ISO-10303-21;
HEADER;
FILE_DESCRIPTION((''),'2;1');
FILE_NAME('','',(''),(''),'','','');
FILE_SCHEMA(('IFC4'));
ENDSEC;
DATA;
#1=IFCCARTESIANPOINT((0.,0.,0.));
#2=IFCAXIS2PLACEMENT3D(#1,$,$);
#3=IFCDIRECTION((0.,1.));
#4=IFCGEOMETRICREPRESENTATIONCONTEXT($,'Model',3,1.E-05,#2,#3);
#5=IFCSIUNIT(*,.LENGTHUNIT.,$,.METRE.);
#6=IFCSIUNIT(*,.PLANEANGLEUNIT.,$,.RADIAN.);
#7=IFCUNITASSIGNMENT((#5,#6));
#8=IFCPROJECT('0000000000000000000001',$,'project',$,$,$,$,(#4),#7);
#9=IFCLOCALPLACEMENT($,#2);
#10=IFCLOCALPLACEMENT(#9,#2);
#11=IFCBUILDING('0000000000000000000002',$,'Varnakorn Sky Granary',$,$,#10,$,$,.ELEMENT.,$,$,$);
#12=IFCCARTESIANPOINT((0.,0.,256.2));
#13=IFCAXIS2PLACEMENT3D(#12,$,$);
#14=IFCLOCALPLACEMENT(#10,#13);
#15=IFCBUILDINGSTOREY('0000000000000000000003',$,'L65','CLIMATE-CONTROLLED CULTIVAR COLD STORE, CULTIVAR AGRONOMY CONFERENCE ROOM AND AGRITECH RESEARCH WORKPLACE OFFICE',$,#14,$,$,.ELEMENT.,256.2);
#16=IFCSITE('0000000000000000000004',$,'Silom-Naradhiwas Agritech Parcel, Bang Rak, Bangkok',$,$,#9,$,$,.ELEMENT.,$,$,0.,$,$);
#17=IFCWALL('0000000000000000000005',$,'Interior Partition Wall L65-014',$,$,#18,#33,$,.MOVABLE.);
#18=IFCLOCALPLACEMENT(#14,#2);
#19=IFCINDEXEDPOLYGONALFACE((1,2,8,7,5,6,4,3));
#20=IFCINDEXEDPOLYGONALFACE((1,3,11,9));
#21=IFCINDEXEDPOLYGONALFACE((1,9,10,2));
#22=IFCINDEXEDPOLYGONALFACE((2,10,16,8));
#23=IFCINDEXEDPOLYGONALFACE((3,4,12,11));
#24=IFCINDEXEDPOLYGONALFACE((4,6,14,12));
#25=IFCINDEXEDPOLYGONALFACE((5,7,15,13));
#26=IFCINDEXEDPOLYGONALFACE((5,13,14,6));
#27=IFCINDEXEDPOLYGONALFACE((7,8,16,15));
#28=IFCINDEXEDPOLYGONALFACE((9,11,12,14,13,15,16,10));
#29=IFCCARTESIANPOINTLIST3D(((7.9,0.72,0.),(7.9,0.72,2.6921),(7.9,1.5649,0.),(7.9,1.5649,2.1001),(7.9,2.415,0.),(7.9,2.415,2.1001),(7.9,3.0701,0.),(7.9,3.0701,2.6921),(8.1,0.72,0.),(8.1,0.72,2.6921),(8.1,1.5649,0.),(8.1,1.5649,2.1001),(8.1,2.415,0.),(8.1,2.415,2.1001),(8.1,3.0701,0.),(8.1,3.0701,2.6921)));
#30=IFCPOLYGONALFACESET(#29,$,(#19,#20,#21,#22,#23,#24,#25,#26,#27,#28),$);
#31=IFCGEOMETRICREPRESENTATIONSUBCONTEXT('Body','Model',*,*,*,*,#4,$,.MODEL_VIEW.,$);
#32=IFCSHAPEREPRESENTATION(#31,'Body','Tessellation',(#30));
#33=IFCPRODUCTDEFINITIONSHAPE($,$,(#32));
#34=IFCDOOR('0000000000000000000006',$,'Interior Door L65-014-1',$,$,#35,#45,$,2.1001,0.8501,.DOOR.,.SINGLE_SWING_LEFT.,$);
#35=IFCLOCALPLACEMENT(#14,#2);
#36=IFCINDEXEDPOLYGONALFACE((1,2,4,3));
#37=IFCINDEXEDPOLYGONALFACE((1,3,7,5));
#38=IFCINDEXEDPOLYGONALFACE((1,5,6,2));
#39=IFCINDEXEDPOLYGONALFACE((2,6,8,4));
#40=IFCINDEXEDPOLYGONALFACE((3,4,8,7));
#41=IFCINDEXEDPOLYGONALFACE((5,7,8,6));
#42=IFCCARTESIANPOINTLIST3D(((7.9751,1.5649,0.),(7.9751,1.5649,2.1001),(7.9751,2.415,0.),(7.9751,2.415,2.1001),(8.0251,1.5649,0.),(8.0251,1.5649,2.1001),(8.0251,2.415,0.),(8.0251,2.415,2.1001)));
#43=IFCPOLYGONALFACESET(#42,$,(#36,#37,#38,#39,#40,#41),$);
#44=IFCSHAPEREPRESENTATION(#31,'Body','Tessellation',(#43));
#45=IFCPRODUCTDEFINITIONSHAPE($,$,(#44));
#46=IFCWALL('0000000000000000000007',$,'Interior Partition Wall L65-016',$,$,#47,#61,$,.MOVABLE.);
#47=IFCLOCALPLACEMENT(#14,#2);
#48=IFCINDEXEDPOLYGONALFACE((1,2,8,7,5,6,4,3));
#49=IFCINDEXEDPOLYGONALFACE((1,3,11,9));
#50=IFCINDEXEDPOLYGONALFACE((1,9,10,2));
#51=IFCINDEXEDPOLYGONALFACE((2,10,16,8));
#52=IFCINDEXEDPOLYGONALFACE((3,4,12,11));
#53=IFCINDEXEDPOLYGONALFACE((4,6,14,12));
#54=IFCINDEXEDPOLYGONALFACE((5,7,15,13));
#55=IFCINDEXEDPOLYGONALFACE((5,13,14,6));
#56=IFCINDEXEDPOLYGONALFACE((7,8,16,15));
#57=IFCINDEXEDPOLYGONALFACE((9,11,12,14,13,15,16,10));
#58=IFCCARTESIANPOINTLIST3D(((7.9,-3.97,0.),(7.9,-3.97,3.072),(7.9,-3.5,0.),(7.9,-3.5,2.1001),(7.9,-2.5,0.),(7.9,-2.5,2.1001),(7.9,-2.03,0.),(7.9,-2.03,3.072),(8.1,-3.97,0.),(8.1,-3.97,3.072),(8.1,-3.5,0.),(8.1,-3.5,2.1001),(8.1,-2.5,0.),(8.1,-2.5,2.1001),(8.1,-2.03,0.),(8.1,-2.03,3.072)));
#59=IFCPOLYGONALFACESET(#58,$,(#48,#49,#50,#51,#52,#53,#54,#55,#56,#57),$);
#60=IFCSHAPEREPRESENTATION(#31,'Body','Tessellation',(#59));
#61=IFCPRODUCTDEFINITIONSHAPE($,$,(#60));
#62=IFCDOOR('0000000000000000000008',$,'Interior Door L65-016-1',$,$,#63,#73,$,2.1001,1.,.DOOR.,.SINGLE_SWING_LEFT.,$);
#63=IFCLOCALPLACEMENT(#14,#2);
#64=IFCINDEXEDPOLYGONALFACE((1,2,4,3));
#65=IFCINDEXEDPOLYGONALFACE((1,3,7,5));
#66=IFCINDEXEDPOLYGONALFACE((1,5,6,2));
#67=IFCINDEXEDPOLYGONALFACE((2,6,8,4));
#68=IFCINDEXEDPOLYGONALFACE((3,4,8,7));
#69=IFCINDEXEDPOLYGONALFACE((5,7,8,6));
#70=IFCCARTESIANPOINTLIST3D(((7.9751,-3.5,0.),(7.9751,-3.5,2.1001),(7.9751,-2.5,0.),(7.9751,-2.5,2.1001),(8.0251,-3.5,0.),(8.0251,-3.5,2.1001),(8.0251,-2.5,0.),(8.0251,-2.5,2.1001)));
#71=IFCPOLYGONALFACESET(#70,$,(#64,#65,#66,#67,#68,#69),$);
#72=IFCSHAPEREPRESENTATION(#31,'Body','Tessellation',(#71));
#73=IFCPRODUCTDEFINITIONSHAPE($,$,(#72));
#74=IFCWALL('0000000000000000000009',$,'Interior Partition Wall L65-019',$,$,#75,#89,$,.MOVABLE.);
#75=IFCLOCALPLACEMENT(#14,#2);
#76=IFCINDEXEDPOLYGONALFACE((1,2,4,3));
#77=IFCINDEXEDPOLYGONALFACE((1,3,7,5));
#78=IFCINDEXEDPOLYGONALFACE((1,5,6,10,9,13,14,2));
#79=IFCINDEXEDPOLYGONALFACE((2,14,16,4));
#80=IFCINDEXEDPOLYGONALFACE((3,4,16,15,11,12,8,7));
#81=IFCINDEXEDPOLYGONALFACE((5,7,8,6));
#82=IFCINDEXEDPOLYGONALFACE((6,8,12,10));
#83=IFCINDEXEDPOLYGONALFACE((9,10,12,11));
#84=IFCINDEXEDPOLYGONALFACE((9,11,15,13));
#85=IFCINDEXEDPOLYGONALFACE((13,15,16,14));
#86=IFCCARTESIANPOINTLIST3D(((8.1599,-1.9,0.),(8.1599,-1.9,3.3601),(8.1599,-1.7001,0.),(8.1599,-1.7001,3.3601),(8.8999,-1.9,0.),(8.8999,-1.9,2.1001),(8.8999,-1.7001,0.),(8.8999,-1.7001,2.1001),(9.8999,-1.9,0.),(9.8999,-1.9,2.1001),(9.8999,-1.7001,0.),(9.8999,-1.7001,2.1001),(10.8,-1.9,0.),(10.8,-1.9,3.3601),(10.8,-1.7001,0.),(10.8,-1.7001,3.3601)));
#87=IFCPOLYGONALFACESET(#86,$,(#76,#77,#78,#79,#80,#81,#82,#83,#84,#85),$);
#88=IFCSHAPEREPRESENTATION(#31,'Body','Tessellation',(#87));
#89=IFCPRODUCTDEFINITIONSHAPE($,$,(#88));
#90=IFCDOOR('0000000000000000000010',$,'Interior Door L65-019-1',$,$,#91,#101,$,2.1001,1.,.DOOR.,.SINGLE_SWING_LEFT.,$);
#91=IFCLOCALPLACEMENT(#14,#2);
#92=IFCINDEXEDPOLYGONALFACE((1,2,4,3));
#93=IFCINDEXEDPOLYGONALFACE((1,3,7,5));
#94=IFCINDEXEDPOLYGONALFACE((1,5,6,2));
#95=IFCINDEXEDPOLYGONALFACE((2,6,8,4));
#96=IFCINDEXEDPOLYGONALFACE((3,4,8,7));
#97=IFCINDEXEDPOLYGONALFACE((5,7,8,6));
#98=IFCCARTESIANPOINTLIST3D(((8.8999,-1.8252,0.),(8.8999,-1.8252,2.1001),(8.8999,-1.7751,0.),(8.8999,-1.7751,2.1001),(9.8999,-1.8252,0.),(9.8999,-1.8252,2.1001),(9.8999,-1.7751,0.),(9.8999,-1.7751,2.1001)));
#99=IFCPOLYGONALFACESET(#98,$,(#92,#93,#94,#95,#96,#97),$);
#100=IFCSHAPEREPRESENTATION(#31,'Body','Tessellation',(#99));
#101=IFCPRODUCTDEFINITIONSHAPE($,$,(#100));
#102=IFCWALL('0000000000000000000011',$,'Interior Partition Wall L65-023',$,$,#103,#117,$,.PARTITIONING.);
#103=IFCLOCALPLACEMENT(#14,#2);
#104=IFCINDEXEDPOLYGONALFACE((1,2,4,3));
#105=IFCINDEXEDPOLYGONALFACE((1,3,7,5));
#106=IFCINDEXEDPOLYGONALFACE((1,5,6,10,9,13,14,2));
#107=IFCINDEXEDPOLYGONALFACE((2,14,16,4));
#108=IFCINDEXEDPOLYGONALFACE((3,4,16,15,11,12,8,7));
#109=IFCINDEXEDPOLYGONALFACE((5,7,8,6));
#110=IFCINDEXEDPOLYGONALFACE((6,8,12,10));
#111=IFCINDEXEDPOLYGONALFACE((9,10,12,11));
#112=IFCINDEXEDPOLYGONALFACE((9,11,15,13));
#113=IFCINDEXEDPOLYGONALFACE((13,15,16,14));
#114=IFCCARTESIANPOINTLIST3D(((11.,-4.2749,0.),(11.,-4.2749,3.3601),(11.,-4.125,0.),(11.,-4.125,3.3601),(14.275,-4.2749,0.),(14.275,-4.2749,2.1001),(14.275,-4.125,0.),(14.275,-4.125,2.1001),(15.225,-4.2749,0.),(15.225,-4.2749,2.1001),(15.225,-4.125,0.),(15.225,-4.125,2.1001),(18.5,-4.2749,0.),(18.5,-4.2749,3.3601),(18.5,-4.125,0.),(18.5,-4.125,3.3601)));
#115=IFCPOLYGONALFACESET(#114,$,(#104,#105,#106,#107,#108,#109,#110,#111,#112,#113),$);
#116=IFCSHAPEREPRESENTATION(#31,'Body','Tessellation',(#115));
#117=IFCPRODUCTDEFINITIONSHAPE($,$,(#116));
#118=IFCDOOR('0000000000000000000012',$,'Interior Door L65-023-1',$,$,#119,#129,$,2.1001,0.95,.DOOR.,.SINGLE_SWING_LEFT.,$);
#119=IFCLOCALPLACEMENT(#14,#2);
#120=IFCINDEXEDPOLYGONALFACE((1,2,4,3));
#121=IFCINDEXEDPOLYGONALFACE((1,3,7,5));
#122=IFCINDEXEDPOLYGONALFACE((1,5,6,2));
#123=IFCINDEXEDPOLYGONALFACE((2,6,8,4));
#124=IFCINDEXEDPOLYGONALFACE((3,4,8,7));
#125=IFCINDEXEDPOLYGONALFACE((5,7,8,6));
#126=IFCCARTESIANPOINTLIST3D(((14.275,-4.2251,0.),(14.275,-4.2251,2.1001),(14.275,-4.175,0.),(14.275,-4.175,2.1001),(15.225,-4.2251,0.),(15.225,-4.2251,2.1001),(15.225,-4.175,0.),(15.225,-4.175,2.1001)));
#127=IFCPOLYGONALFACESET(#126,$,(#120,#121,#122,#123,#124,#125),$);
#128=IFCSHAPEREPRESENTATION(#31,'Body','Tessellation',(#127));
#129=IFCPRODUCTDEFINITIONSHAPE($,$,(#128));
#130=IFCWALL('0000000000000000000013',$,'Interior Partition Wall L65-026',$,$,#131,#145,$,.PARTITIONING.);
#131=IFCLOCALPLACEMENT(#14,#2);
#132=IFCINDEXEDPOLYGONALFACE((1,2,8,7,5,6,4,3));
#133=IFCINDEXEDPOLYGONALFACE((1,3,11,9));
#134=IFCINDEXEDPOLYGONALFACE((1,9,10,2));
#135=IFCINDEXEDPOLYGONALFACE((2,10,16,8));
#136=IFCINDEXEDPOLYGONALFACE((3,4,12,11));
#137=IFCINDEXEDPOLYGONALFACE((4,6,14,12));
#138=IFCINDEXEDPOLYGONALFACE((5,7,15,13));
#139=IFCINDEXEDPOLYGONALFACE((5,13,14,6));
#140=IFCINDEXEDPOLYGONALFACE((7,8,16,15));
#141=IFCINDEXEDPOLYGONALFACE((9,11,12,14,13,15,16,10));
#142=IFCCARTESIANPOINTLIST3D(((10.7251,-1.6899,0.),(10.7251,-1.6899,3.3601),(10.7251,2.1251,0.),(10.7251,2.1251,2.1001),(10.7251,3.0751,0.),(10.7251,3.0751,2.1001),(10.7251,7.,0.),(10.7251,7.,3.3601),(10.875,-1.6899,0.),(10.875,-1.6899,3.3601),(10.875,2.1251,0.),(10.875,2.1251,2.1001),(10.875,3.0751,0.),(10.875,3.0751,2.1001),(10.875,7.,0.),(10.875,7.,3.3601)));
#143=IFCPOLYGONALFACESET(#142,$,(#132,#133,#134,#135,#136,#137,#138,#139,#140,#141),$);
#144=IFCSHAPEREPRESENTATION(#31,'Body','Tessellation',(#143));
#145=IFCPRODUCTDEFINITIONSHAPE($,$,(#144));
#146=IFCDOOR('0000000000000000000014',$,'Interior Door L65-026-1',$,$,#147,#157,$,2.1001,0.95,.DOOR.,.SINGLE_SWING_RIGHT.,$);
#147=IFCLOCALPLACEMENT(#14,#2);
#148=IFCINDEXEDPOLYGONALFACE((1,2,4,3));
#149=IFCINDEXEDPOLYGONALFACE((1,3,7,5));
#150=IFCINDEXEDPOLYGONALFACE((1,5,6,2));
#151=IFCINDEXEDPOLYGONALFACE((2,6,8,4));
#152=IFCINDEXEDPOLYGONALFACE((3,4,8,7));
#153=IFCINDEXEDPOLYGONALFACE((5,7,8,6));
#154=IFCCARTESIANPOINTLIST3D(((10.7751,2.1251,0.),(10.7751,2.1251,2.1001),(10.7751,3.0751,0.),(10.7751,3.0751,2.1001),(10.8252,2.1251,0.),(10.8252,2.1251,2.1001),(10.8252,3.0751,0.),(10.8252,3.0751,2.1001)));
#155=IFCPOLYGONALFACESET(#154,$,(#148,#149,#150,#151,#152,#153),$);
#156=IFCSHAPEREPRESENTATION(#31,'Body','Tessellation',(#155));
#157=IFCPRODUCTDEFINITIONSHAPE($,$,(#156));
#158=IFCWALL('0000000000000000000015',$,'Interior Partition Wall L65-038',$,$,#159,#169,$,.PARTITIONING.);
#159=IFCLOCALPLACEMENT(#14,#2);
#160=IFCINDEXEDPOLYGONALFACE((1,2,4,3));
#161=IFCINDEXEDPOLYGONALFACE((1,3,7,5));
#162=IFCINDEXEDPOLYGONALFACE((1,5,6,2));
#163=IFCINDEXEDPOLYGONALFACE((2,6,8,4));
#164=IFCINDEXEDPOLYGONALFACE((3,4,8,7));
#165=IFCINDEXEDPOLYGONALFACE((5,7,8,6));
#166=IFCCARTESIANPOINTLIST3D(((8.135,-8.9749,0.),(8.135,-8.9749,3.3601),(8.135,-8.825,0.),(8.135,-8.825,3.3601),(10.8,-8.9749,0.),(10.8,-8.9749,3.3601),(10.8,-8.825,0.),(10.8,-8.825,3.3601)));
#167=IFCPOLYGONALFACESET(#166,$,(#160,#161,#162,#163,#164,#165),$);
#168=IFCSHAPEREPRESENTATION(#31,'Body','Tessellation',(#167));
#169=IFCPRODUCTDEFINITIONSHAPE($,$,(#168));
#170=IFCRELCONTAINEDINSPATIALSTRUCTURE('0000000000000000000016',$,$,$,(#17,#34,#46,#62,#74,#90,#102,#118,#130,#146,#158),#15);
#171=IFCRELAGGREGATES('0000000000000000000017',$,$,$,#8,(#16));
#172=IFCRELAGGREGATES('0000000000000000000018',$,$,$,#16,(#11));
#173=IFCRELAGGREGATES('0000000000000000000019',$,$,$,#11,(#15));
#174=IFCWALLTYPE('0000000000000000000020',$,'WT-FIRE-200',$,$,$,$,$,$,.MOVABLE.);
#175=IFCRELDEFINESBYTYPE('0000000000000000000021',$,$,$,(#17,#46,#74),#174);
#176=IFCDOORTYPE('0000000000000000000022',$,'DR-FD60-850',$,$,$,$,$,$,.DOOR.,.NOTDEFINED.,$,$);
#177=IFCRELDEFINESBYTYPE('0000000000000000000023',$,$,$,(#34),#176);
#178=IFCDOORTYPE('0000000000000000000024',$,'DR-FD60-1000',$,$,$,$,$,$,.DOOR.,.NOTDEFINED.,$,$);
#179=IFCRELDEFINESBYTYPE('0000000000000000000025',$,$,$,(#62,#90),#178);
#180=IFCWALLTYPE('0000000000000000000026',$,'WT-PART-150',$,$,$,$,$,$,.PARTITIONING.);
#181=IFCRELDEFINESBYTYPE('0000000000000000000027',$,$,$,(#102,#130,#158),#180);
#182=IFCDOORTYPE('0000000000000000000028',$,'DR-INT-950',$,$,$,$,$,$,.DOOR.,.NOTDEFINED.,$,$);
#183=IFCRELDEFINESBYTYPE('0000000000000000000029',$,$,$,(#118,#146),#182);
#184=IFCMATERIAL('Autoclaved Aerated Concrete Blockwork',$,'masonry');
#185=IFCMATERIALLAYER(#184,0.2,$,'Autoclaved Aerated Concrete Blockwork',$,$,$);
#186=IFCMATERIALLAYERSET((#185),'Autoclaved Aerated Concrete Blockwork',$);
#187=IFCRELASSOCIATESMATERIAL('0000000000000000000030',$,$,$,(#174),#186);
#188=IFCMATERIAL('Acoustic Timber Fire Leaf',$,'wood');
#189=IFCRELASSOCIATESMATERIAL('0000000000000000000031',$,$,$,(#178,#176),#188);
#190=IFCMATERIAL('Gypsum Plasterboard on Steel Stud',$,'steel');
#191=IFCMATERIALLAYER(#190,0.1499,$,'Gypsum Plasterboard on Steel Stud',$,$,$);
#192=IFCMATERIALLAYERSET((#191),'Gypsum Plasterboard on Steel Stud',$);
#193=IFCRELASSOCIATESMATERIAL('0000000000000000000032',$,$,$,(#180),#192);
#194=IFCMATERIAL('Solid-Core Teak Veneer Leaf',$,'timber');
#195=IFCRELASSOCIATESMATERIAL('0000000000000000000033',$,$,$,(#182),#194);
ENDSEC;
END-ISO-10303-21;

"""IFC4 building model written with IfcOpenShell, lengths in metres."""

from ifc_helpers import new_model, si_unit, direction, frame, frame_2d, origin, place, context, subcontext, project, spatial, rectangle, extrude, material, layer, layer_set, type_object, element, fill, save


model = new_model("IFC4")

# Units and contexts
model_context = context("Model", 3, precision=1e-05, world=origin(), true_north=direction((0.0, 1.0)))
body_context = subcontext(model_context, "Body", "Model", "MODEL_VIEW")
ifc_project = project(units=[si_unit("LENGTHUNIT", "METRE"), si_unit("PLANEANGLEUNIT", "RADIAN")], contexts=[model_context])

# Site, building, storey
site_placement = place(None, origin())
site = spatial("IfcSite", under=ifc_project, at=site_placement, Name="Silom-Naradhiwas Agritech Parcel, Bang Rak, Bangkok", CompositionType="ELEMENT", RefElevation=0.0)
building_placement = place(site_placement, origin())
building = spatial("IfcBuilding", under=site, at=building_placement, Name="Varnakorn Sky Granary", CompositionType="ELEMENT")
storey_placement = place(building_placement, frame((0.0, 0.0, 256.2)))
storey = spatial("IfcBuildingStorey", under=building, at=storey_placement, Name="L65", Description="CLIMATE-CONTROLLED CULTIVAR COLD STORE, CULTIVAR AGRONOMY CONFERENCE ROOM AND AGRITECH RESEARCH WORKPLACE OFFICE", CompositionType="ELEMENT", Elevation=256.2)

# Walls, openings, doors
ifc_material_1 = material(Name="Autoclaved Aerated Concrete Blockwork", Category="masonry")
ifc_layer_1 = layer(ifc_material_1, 0.2, Name="Autoclaved Aerated Concrete Blockwork")
ifc_layer_set_1 = layer_set([ifc_layer_1], Name="Autoclaved Aerated Concrete Blockwork")
wall_type_1 = type_object("IfcWallType", Name="WT-FIRE-200", PredefinedType="MOVABLE", material=ifc_layer_set_1)
ifc_material_2 = material(Name="Acoustic Timber Fire Leaf", Category="wood")
door_type_1 = type_object("IfcDoorType", Name="DR-FD60-1000", OperationType="NOTDEFINED", PredefinedType="DOOR", material=ifc_material_2)
wall_1_placement = place(storey_placement, frame((8.0, 0.72, 0.0), z_axis=(0.0, 0.0, 1.0), x_axis=(0.0, 1.0, 0.0)))
wall_1 = element("IfcWall", 1, at=wall_1_placement, inside=storey, type_object=wall_type_1, Name="Interior Partition Wall L65-014", PredefinedType="MOVABLE", context=body_context, shape_type="SweptSolid", body=[
    extrude(rectangle(XDim=2.3501, YDim=0.2, at=frame_2d((1.175, 0.0))), origin(), (0.0, 0.0, 1.0), 2.6921),
])
opening_1_placement = place(wall_1_placement, frame((0.845, 0.0, 0.0)))
opening_1 = element("IfcOpeningElement", 2, at=opening_1_placement, cuts=wall_1, PredefinedType="OPENING", context=body_context, shape_type="SweptSolid", body=[
    extrude(rectangle(XDim=0.8501, YDim=2.1001, at=frame_2d((0.425, 1.05))), frame((0.0, 0.1099, 0.0), z_axis=(0.0, -1.0, 0.0), x_axis=(1.0, 0.0, 0.0)), (0.0, 0.0, 1.0), 0.22),
])
door_type_2 = type_object("IfcDoorType", Name="DR-FD60-850", OperationType="NOTDEFINED", PredefinedType="DOOR", material=ifc_material_2)
door_1_placement = place(opening_1_placement, origin())
door_1 = element("IfcDoor", 3, at=door_1_placement, inside=storey, type_object=door_type_2, Name="Interior Door L65-014-1", OperationType="SINGLE_SWING_LEFT", OverallHeight=2.1001, OverallWidth=0.8501, PredefinedType="DOOR", context=body_context, shape_type="SweptSolid", body=[
    extrude(rectangle(XDim=0.8501, YDim=2.1001, at=frame_2d((0.425, 1.05))), frame((0.0, 0.0249, 0.0), z_axis=(0.0, -1.0, 0.0), x_axis=(1.0, 0.0, 0.0)), (0.0, 0.0, 1.0), 0.05),
])
fill(opening_1, door_1)
wall_2_placement = place(storey_placement, frame((8.0, -3.97, 0.0), z_axis=(0.0, 0.0, 1.0), x_axis=(0.0, 1.0, 0.0)))
wall_2 = element("IfcWall", 4, at=wall_2_placement, inside=storey, type_object=wall_type_1, Name="Interior Partition Wall L65-016", PredefinedType="MOVABLE", context=body_context, shape_type="SweptSolid", body=[
    extrude(rectangle(XDim=1.9399, YDim=0.2, at=frame_2d((0.97, 0.0))), origin(), (0.0, 0.0, 1.0), 3.072),
])
opening_2_placement = place(wall_2_placement, frame((0.47, 0.0, 0.0)))
opening_2 = element("IfcOpeningElement", 5, at=opening_2_placement, cuts=wall_2, PredefinedType="OPENING", context=body_context, shape_type="SweptSolid", body=[
    extrude(rectangle(XDim=1.0, YDim=2.1001, at=frame_2d((0.5, 1.05))), frame((0.0, 0.1099, 0.0), z_axis=(0.0, -1.0, 0.0), x_axis=(1.0, 0.0, 0.0)), (0.0, 0.0, 1.0), 0.22),
])
door_2_placement = place(opening_2_placement, origin())
door_2 = element("IfcDoor", 6, at=door_2_placement, inside=storey, type_object=door_type_1, Name="Interior Door L65-016-1", OperationType="SINGLE_SWING_LEFT", OverallHeight=2.1001, OverallWidth=1.0, PredefinedType="DOOR", context=body_context, shape_type="SweptSolid", body=[
    extrude(rectangle(XDim=1.0, YDim=2.1001, at=frame_2d((0.5, 1.05))), frame((0.0, 0.0249, 0.0), z_axis=(0.0, -1.0, 0.0), x_axis=(1.0, 0.0, 0.0)), (0.0, 0.0, 1.0), 0.05),
])
fill(opening_2, door_2)
wall_3_placement = place(storey_placement, frame((8.1599, -1.8, 0.0), z_axis=(0.0, 0.0, 1.0), x_axis=(1.0, 0.0, 0.0)))
wall_3 = element("IfcWall", 7, at=wall_3_placement, inside=storey, type_object=wall_type_1, Name="Interior Partition Wall L65-019", PredefinedType="MOVABLE", context=body_context, shape_type="SweptSolid", body=[
    extrude(rectangle(XDim=2.6401, YDim=0.2, at=frame_2d((1.3201, 0.0))), origin(), (0.0, 0.0, 1.0), 3.3601),
])
opening_3_placement = place(wall_3_placement, frame((0.74, 0.0, 0.0)))
opening_3 = element("IfcOpeningElement", 8, at=opening_3_placement, cuts=wall_3, PredefinedType="OPENING", context=body_context, shape_type="SweptSolid", body=[
    extrude(rectangle(XDim=1.0, YDim=2.1001, at=frame_2d((0.5, 1.05))), frame((0.0, 0.1099, 0.0), z_axis=(0.0, -1.0, 0.0), x_axis=(1.0, 0.0, 0.0)), (0.0, 0.0, 1.0), 0.22),
])
door_3_placement = place(opening_3_placement, origin())
door_3 = element("IfcDoor", 9, at=door_3_placement, inside=storey, type_object=door_type_1, Name="Interior Door L65-019-1", OperationType="SINGLE_SWING_LEFT", OverallHeight=2.1001, OverallWidth=1.0, PredefinedType="DOOR", context=body_context, shape_type="SweptSolid", body=[
    extrude(rectangle(XDim=1.0, YDim=2.1001, at=frame_2d((0.5, 1.05))), frame((0.0, 0.0249, 0.0), z_axis=(0.0, -1.0, 0.0), x_axis=(1.0, 0.0, 0.0)), (0.0, 0.0, 1.0), 0.05),
])
fill(opening_3, door_3)
ifc_material_3 = material(Name="Gypsum Plasterboard on Steel Stud", Category="steel")
ifc_layer_2 = layer(ifc_material_3, 0.1499, Name="Gypsum Plasterboard on Steel Stud")
ifc_layer_set_2 = layer_set([ifc_layer_2], Name="Gypsum Plasterboard on Steel Stud")
wall_type_2 = type_object("IfcWallType", Name="WT-PART-150", PredefinedType="PARTITIONING", material=ifc_layer_set_2)
wall_4_placement = place(storey_placement, frame((11.0, -4.2, 0.0), z_axis=(0.0, 0.0, 1.0), x_axis=(1.0, 0.0, 0.0)))
wall_4 = element("IfcWall", 10, at=wall_4_placement, inside=storey, type_object=wall_type_2, Name="Interior Partition Wall L65-023", PredefinedType="PARTITIONING", context=body_context, shape_type="SweptSolid", body=[
    extrude(rectangle(XDim=7.5, YDim=0.1499, at=frame_2d((3.75, 0.0))), origin(), (0.0, 0.0, 1.0), 3.3601),
])
opening_4_placement = place(wall_4_placement, frame((3.2749, 0.0, 0.0)))
opening_4 = element("IfcOpeningElement", 11, at=opening_4_placement, cuts=wall_4, PredefinedType="OPENING", context=body_context, shape_type="SweptSolid", body=[
    extrude(rectangle(XDim=0.95, YDim=2.1001, at=frame_2d((0.4751, 1.05))), frame((0.0, 0.085, 0.0), z_axis=(0.0, -1.0, 0.0), x_axis=(1.0, 0.0, 0.0)), (0.0, 0.0, 1.0), 0.1699),
])
ifc_material_4 = material(Name="Solid-Core Teak Veneer Leaf", Category="timber")
door_type_3 = type_object("IfcDoorType", Name="DR-INT-950", OperationType="NOTDEFINED", PredefinedType="DOOR", material=ifc_material_4)
door_4_placement = place(opening_4_placement, origin())
door_4 = element("IfcDoor", 12, at=door_4_placement, inside=storey, type_object=door_type_3, Name="Interior Door L65-023-1", OperationType="SINGLE_SWING_LEFT", OverallHeight=2.1001, OverallWidth=0.95, PredefinedType="DOOR", context=body_context, shape_type="SweptSolid", body=[
    extrude(rectangle(XDim=0.95, YDim=2.1001, at=frame_2d((0.4751, 1.05))), frame((0.0, 0.0249, 0.0), z_axis=(0.0, -1.0, 0.0), x_axis=(1.0, 0.0, 0.0)), (0.0, 0.0, 1.0), 0.05),
])
fill(opening_4, door_4)
wall_5_placement = place(storey_placement, frame((10.8, -1.6899, 0.0), z_axis=(0.0, 0.0, 1.0), x_axis=(0.0, 1.0, 0.0)))
wall_5 = element("IfcWall", 13, at=wall_5_placement, inside=storey, type_object=wall_type_2, Name="Interior Partition Wall L65-026", PredefinedType="PARTITIONING", context=body_context, shape_type="SweptSolid", body=[
    extrude(rectangle(XDim=8.6899, YDim=0.1499, at=frame_2d((4.345, 0.0))), origin(), (0.0, 0.0, 1.0), 3.3601),
])
opening_5_placement = place(wall_5_placement, frame((3.8149, 0.0, 0.0)))
opening_5 = element("IfcOpeningElement", 14, at=opening_5_placement, cuts=wall_5, PredefinedType="OPENING", context=body_context, shape_type="SweptSolid", body=[
    extrude(rectangle(XDim=0.95, YDim=2.1001, at=frame_2d((0.4751, 1.05))), frame((0.0, 0.085, 0.0), z_axis=(0.0, -1.0, 0.0), x_axis=(1.0, 0.0, 0.0)), (0.0, 0.0, 1.0), 0.1699),
])
door_5_placement = place(opening_5_placement, origin())
door_5 = element("IfcDoor", 15, at=door_5_placement, inside=storey, type_object=door_type_3, Name="Interior Door L65-026-1", OperationType="SINGLE_SWING_RIGHT", OverallHeight=2.1001, OverallWidth=0.95, PredefinedType="DOOR", context=body_context, shape_type="SweptSolid", body=[
    extrude(rectangle(XDim=0.95, YDim=2.1001, at=frame_2d((0.4751, 1.05))), frame((0.0, 0.0249, 0.0), z_axis=(0.0, -1.0, 0.0), x_axis=(1.0, 0.0, 0.0)), (0.0, 0.0, 1.0), 0.05),
])
fill(opening_5, door_5)

# Wall
wall_6_placement = place(storey_placement, frame((8.135, -8.8999, 0.0), z_axis=(0.0, 0.0, 1.0), x_axis=(1.0, 0.0, 0.0)))
element("IfcWall", 16, at=wall_6_placement, inside=storey, type_object=wall_type_2, Name="Interior Partition Wall L65-038", PredefinedType="PARTITIONING", context=body_context, shape_type="SweptSolid", body=[
    extrude(rectangle(XDim=2.665, YDim=0.1499, at=frame_2d((1.3325, 0.0))), origin(), (0.0, 0.0, 1.0), 3.3601),
])

save(model, "model.ifc")
